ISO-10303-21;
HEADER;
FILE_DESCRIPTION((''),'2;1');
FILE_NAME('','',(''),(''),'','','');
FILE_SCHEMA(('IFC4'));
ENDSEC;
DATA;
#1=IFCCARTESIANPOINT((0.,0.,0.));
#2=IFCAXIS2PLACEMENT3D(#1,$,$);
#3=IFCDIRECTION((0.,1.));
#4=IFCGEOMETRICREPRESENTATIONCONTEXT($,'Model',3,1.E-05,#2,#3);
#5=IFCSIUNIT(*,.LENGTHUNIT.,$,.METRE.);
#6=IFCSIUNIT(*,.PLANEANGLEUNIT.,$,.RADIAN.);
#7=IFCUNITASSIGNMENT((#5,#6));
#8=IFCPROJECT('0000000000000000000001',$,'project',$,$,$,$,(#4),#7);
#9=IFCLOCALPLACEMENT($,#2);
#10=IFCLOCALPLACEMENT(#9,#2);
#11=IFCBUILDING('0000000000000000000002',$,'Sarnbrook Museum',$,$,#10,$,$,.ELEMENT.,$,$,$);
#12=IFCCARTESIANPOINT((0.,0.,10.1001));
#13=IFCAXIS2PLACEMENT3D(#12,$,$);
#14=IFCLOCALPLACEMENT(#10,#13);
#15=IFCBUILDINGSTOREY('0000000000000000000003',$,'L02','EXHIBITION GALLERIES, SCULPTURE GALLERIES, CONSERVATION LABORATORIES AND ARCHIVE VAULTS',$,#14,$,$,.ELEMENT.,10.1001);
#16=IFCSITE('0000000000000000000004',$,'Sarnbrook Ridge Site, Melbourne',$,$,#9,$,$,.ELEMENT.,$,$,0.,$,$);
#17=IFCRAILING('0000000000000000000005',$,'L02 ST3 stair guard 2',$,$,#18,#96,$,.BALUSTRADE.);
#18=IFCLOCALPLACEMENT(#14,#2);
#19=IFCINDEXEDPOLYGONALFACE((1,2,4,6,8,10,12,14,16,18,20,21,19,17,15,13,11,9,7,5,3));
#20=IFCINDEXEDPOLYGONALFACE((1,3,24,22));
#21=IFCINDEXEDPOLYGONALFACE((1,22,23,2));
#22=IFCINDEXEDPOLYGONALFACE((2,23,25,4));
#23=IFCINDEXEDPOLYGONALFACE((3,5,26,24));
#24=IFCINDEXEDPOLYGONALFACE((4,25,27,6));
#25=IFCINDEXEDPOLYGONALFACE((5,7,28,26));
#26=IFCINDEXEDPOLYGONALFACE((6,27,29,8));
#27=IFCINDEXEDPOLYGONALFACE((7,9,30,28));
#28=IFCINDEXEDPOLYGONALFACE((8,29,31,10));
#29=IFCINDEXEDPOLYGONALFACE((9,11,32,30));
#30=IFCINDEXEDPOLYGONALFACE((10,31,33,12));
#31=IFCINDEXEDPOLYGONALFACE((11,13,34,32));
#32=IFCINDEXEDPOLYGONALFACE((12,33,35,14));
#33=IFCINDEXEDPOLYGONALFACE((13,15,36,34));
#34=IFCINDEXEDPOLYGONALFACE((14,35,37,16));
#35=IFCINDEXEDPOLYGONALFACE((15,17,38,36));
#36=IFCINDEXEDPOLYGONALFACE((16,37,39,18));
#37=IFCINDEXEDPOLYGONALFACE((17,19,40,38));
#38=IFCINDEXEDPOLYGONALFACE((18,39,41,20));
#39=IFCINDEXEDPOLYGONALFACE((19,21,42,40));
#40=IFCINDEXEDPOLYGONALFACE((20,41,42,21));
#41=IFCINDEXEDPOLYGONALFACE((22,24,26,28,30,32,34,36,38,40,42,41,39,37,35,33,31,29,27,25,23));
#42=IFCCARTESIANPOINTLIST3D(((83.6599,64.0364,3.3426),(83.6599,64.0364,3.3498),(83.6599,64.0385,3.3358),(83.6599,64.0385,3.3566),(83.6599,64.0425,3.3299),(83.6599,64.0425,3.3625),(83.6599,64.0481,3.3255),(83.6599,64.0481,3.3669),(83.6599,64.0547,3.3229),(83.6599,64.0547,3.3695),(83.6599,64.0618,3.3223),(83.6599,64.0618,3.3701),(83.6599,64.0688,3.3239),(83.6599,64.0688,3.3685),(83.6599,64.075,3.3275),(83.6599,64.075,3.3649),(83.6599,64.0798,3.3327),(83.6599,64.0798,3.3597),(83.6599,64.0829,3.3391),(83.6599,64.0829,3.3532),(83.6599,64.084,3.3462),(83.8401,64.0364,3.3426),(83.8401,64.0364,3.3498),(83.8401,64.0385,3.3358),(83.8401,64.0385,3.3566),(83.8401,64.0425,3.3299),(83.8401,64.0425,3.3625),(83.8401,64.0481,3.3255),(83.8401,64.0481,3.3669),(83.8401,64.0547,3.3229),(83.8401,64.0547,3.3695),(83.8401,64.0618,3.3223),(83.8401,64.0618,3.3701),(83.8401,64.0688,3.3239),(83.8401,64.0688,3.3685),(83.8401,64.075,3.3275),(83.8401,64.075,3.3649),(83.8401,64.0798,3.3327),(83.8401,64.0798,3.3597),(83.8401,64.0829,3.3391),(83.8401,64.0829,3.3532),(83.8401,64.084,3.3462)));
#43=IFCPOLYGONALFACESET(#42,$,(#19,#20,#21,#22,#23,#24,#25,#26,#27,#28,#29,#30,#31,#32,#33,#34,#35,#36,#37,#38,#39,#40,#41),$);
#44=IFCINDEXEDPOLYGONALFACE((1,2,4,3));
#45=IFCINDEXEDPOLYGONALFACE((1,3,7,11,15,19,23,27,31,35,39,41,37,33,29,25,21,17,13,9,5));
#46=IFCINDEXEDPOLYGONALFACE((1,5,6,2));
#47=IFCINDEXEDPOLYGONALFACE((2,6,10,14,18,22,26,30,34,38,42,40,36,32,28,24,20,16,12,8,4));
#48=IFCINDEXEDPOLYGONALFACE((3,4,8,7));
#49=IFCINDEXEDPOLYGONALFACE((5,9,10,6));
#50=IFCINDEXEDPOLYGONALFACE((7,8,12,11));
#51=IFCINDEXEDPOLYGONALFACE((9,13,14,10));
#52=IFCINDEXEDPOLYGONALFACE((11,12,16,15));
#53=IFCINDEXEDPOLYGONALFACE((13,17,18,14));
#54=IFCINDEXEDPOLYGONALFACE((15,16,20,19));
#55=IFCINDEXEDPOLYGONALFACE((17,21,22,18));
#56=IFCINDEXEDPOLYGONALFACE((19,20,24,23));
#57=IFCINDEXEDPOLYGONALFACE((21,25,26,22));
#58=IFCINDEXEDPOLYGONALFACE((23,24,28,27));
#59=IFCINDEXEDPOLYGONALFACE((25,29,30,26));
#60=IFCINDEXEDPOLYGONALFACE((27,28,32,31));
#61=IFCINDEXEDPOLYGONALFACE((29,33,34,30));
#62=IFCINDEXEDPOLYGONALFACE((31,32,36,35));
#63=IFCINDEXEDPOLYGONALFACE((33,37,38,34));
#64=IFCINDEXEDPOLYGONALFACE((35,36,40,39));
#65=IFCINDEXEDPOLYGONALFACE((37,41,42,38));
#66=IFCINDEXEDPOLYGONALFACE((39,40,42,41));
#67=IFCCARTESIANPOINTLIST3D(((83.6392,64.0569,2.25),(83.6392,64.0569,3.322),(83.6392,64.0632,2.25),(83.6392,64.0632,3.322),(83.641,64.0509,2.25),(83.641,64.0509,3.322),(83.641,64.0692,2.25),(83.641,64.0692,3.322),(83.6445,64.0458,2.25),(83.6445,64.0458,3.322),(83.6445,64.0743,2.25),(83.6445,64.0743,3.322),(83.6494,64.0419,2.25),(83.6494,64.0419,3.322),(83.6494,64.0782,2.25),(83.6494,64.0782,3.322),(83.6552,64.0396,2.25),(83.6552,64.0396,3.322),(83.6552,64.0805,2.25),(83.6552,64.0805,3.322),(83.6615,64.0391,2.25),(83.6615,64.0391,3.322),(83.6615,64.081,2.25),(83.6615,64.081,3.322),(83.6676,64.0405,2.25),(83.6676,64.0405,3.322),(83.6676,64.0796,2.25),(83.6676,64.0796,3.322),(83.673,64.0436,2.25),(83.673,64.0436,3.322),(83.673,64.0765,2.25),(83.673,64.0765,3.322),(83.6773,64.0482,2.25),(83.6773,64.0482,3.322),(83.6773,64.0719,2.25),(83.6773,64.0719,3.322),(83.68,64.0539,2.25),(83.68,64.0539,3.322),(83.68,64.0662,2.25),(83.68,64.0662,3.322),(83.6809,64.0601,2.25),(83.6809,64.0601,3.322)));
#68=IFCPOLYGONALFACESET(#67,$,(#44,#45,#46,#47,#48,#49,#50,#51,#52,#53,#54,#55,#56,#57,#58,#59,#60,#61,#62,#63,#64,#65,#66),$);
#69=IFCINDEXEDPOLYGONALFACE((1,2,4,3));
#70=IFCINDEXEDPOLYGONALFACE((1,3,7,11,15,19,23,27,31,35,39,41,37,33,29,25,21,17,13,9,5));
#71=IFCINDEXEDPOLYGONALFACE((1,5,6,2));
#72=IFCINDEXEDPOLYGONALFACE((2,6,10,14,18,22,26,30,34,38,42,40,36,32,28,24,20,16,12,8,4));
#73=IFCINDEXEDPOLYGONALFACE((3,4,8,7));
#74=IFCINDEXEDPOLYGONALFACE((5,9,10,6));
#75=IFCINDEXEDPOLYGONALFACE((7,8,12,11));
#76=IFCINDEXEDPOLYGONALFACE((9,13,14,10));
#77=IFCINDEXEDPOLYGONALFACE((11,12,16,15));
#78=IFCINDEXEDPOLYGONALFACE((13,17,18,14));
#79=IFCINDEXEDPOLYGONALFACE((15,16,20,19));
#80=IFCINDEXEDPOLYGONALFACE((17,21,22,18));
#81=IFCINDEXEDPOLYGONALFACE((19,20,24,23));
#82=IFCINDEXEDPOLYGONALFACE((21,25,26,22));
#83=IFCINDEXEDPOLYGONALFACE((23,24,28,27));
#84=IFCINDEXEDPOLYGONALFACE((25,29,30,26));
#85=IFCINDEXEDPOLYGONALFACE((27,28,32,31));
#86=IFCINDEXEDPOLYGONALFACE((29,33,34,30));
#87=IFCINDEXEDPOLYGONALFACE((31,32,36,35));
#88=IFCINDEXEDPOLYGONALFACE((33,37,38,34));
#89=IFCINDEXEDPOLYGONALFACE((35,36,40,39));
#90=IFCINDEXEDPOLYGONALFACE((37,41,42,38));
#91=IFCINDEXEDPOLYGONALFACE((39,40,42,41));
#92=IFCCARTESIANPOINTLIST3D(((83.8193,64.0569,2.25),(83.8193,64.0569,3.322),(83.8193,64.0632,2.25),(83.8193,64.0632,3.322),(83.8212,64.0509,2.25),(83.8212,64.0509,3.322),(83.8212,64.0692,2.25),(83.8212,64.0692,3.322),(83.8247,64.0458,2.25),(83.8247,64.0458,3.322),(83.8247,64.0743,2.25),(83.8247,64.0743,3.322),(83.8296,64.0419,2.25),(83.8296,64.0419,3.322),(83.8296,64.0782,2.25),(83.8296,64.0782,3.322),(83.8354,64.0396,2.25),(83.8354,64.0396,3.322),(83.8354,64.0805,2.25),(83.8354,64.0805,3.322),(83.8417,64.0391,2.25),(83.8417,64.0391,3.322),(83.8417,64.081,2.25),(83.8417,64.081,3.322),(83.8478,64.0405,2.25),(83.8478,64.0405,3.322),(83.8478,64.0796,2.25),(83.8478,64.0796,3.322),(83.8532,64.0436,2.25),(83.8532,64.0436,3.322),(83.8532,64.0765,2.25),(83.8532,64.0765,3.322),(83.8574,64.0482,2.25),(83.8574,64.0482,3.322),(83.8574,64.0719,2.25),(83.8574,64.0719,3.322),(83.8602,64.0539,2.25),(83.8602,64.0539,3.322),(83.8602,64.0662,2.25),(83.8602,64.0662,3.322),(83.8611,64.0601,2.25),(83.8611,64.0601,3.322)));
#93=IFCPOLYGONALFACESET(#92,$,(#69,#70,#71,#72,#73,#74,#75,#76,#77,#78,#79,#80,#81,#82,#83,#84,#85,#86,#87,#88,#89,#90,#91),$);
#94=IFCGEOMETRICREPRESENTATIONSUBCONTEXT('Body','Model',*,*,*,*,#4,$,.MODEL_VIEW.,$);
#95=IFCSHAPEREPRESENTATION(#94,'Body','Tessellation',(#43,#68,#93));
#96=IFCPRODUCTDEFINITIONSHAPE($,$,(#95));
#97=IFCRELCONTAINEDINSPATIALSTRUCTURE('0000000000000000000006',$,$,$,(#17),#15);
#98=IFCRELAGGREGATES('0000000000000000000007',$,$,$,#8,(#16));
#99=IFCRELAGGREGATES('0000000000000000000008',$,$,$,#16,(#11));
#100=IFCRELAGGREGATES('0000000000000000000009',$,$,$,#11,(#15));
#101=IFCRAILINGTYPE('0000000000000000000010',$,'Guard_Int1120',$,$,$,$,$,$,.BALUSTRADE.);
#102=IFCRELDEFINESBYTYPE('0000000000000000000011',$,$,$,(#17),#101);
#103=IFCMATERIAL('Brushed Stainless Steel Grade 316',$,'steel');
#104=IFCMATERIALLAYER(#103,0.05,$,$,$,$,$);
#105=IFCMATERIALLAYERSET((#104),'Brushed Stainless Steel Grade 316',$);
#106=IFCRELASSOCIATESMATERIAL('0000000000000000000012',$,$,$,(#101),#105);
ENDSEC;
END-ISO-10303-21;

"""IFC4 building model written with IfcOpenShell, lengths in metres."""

from ifc_helpers import new_model, si_unit, direction, frame, origin, origin_2d, place, context, subcontext, project, spatial, circle, extrude, material, layer, layer_set, type_object, element, save


model = new_model("IFC4")

# Units and contexts
model_context = context("Model", 3, precision=1e-05, world=origin(), true_north=direction((0.0, 1.0)))
body_context = subcontext(model_context, "Body", "Model", "MODEL_VIEW")
ifc_project = project(units=[si_unit("LENGTHUNIT", "METRE"), si_unit("PLANEANGLEUNIT", "RADIAN")], contexts=[model_context])

# Site, building, storey
site_placement = place(None, origin())
site = spatial("IfcSite", under=ifc_project, at=site_placement, Name="Sarnbrook Ridge Site, Melbourne", CompositionType="ELEMENT", RefElevation=0.0)
building_placement = place(site_placement, origin())
building = spatial("IfcBuilding", under=site, at=building_placement, Name="Sarnbrook Museum", CompositionType="ELEMENT")
storey_placement = place(building_placement, frame((0.0, 0.0, 10.1001)))
storey = spatial("IfcBuildingStorey", under=building, at=storey_placement, Name="L02", Description="EXHIBITION GALLERIES, SCULPTURE GALLERIES, CONSERVATION LABORATORIES AND ARCHIVE VAULTS", CompositionType="ELEMENT", Elevation=10.1001)

# Railing
ifc_material_1 = material(Name="Brushed Stainless Steel Grade 316", Category="steel")
ifc_layer_1 = layer(ifc_material_1, 0.05)
ifc_layer_set_1 = layer_set([ifc_layer_1], Name="Brushed Stainless Steel Grade 316")
railing_type_1 = type_object("IfcRailingType", Name="Guard_Int1120", PredefinedType="BALUSTRADE", material=ifc_layer_set_1)
railing_1_placement = place(storey_placement, frame((83.6599, 64.0601, 2.25)))
element("IfcRailing", 1, at=railing_1_placement, inside=storey, type_object=railing_type_1, Name="L02 ST3 stair guard 2", PredefinedType="BALUSTRADE", context=body_context, shape_type="SweptSolid", body=[
    extrude(circle(Radius=0.0239, at=origin_2d()), frame((0.0, 0.0, 1.0962), z_axis=(1.0, 0.0, 0.0), x_axis=(0.0, 1.0, 0.0)), (0.0, 0.0, 1.0), 0.1802),
    extrude(circle(Radius=0.021, at=origin_2d()), origin(), (0.0, 0.0, 1.0), 1.072),
    extrude(circle(Radius=0.021, at=origin_2d()), frame((0.1802, 0.0, 0.0)), (0.0, 0.0, 1.0), 1.072),
])

save(model, "model.ifc")
